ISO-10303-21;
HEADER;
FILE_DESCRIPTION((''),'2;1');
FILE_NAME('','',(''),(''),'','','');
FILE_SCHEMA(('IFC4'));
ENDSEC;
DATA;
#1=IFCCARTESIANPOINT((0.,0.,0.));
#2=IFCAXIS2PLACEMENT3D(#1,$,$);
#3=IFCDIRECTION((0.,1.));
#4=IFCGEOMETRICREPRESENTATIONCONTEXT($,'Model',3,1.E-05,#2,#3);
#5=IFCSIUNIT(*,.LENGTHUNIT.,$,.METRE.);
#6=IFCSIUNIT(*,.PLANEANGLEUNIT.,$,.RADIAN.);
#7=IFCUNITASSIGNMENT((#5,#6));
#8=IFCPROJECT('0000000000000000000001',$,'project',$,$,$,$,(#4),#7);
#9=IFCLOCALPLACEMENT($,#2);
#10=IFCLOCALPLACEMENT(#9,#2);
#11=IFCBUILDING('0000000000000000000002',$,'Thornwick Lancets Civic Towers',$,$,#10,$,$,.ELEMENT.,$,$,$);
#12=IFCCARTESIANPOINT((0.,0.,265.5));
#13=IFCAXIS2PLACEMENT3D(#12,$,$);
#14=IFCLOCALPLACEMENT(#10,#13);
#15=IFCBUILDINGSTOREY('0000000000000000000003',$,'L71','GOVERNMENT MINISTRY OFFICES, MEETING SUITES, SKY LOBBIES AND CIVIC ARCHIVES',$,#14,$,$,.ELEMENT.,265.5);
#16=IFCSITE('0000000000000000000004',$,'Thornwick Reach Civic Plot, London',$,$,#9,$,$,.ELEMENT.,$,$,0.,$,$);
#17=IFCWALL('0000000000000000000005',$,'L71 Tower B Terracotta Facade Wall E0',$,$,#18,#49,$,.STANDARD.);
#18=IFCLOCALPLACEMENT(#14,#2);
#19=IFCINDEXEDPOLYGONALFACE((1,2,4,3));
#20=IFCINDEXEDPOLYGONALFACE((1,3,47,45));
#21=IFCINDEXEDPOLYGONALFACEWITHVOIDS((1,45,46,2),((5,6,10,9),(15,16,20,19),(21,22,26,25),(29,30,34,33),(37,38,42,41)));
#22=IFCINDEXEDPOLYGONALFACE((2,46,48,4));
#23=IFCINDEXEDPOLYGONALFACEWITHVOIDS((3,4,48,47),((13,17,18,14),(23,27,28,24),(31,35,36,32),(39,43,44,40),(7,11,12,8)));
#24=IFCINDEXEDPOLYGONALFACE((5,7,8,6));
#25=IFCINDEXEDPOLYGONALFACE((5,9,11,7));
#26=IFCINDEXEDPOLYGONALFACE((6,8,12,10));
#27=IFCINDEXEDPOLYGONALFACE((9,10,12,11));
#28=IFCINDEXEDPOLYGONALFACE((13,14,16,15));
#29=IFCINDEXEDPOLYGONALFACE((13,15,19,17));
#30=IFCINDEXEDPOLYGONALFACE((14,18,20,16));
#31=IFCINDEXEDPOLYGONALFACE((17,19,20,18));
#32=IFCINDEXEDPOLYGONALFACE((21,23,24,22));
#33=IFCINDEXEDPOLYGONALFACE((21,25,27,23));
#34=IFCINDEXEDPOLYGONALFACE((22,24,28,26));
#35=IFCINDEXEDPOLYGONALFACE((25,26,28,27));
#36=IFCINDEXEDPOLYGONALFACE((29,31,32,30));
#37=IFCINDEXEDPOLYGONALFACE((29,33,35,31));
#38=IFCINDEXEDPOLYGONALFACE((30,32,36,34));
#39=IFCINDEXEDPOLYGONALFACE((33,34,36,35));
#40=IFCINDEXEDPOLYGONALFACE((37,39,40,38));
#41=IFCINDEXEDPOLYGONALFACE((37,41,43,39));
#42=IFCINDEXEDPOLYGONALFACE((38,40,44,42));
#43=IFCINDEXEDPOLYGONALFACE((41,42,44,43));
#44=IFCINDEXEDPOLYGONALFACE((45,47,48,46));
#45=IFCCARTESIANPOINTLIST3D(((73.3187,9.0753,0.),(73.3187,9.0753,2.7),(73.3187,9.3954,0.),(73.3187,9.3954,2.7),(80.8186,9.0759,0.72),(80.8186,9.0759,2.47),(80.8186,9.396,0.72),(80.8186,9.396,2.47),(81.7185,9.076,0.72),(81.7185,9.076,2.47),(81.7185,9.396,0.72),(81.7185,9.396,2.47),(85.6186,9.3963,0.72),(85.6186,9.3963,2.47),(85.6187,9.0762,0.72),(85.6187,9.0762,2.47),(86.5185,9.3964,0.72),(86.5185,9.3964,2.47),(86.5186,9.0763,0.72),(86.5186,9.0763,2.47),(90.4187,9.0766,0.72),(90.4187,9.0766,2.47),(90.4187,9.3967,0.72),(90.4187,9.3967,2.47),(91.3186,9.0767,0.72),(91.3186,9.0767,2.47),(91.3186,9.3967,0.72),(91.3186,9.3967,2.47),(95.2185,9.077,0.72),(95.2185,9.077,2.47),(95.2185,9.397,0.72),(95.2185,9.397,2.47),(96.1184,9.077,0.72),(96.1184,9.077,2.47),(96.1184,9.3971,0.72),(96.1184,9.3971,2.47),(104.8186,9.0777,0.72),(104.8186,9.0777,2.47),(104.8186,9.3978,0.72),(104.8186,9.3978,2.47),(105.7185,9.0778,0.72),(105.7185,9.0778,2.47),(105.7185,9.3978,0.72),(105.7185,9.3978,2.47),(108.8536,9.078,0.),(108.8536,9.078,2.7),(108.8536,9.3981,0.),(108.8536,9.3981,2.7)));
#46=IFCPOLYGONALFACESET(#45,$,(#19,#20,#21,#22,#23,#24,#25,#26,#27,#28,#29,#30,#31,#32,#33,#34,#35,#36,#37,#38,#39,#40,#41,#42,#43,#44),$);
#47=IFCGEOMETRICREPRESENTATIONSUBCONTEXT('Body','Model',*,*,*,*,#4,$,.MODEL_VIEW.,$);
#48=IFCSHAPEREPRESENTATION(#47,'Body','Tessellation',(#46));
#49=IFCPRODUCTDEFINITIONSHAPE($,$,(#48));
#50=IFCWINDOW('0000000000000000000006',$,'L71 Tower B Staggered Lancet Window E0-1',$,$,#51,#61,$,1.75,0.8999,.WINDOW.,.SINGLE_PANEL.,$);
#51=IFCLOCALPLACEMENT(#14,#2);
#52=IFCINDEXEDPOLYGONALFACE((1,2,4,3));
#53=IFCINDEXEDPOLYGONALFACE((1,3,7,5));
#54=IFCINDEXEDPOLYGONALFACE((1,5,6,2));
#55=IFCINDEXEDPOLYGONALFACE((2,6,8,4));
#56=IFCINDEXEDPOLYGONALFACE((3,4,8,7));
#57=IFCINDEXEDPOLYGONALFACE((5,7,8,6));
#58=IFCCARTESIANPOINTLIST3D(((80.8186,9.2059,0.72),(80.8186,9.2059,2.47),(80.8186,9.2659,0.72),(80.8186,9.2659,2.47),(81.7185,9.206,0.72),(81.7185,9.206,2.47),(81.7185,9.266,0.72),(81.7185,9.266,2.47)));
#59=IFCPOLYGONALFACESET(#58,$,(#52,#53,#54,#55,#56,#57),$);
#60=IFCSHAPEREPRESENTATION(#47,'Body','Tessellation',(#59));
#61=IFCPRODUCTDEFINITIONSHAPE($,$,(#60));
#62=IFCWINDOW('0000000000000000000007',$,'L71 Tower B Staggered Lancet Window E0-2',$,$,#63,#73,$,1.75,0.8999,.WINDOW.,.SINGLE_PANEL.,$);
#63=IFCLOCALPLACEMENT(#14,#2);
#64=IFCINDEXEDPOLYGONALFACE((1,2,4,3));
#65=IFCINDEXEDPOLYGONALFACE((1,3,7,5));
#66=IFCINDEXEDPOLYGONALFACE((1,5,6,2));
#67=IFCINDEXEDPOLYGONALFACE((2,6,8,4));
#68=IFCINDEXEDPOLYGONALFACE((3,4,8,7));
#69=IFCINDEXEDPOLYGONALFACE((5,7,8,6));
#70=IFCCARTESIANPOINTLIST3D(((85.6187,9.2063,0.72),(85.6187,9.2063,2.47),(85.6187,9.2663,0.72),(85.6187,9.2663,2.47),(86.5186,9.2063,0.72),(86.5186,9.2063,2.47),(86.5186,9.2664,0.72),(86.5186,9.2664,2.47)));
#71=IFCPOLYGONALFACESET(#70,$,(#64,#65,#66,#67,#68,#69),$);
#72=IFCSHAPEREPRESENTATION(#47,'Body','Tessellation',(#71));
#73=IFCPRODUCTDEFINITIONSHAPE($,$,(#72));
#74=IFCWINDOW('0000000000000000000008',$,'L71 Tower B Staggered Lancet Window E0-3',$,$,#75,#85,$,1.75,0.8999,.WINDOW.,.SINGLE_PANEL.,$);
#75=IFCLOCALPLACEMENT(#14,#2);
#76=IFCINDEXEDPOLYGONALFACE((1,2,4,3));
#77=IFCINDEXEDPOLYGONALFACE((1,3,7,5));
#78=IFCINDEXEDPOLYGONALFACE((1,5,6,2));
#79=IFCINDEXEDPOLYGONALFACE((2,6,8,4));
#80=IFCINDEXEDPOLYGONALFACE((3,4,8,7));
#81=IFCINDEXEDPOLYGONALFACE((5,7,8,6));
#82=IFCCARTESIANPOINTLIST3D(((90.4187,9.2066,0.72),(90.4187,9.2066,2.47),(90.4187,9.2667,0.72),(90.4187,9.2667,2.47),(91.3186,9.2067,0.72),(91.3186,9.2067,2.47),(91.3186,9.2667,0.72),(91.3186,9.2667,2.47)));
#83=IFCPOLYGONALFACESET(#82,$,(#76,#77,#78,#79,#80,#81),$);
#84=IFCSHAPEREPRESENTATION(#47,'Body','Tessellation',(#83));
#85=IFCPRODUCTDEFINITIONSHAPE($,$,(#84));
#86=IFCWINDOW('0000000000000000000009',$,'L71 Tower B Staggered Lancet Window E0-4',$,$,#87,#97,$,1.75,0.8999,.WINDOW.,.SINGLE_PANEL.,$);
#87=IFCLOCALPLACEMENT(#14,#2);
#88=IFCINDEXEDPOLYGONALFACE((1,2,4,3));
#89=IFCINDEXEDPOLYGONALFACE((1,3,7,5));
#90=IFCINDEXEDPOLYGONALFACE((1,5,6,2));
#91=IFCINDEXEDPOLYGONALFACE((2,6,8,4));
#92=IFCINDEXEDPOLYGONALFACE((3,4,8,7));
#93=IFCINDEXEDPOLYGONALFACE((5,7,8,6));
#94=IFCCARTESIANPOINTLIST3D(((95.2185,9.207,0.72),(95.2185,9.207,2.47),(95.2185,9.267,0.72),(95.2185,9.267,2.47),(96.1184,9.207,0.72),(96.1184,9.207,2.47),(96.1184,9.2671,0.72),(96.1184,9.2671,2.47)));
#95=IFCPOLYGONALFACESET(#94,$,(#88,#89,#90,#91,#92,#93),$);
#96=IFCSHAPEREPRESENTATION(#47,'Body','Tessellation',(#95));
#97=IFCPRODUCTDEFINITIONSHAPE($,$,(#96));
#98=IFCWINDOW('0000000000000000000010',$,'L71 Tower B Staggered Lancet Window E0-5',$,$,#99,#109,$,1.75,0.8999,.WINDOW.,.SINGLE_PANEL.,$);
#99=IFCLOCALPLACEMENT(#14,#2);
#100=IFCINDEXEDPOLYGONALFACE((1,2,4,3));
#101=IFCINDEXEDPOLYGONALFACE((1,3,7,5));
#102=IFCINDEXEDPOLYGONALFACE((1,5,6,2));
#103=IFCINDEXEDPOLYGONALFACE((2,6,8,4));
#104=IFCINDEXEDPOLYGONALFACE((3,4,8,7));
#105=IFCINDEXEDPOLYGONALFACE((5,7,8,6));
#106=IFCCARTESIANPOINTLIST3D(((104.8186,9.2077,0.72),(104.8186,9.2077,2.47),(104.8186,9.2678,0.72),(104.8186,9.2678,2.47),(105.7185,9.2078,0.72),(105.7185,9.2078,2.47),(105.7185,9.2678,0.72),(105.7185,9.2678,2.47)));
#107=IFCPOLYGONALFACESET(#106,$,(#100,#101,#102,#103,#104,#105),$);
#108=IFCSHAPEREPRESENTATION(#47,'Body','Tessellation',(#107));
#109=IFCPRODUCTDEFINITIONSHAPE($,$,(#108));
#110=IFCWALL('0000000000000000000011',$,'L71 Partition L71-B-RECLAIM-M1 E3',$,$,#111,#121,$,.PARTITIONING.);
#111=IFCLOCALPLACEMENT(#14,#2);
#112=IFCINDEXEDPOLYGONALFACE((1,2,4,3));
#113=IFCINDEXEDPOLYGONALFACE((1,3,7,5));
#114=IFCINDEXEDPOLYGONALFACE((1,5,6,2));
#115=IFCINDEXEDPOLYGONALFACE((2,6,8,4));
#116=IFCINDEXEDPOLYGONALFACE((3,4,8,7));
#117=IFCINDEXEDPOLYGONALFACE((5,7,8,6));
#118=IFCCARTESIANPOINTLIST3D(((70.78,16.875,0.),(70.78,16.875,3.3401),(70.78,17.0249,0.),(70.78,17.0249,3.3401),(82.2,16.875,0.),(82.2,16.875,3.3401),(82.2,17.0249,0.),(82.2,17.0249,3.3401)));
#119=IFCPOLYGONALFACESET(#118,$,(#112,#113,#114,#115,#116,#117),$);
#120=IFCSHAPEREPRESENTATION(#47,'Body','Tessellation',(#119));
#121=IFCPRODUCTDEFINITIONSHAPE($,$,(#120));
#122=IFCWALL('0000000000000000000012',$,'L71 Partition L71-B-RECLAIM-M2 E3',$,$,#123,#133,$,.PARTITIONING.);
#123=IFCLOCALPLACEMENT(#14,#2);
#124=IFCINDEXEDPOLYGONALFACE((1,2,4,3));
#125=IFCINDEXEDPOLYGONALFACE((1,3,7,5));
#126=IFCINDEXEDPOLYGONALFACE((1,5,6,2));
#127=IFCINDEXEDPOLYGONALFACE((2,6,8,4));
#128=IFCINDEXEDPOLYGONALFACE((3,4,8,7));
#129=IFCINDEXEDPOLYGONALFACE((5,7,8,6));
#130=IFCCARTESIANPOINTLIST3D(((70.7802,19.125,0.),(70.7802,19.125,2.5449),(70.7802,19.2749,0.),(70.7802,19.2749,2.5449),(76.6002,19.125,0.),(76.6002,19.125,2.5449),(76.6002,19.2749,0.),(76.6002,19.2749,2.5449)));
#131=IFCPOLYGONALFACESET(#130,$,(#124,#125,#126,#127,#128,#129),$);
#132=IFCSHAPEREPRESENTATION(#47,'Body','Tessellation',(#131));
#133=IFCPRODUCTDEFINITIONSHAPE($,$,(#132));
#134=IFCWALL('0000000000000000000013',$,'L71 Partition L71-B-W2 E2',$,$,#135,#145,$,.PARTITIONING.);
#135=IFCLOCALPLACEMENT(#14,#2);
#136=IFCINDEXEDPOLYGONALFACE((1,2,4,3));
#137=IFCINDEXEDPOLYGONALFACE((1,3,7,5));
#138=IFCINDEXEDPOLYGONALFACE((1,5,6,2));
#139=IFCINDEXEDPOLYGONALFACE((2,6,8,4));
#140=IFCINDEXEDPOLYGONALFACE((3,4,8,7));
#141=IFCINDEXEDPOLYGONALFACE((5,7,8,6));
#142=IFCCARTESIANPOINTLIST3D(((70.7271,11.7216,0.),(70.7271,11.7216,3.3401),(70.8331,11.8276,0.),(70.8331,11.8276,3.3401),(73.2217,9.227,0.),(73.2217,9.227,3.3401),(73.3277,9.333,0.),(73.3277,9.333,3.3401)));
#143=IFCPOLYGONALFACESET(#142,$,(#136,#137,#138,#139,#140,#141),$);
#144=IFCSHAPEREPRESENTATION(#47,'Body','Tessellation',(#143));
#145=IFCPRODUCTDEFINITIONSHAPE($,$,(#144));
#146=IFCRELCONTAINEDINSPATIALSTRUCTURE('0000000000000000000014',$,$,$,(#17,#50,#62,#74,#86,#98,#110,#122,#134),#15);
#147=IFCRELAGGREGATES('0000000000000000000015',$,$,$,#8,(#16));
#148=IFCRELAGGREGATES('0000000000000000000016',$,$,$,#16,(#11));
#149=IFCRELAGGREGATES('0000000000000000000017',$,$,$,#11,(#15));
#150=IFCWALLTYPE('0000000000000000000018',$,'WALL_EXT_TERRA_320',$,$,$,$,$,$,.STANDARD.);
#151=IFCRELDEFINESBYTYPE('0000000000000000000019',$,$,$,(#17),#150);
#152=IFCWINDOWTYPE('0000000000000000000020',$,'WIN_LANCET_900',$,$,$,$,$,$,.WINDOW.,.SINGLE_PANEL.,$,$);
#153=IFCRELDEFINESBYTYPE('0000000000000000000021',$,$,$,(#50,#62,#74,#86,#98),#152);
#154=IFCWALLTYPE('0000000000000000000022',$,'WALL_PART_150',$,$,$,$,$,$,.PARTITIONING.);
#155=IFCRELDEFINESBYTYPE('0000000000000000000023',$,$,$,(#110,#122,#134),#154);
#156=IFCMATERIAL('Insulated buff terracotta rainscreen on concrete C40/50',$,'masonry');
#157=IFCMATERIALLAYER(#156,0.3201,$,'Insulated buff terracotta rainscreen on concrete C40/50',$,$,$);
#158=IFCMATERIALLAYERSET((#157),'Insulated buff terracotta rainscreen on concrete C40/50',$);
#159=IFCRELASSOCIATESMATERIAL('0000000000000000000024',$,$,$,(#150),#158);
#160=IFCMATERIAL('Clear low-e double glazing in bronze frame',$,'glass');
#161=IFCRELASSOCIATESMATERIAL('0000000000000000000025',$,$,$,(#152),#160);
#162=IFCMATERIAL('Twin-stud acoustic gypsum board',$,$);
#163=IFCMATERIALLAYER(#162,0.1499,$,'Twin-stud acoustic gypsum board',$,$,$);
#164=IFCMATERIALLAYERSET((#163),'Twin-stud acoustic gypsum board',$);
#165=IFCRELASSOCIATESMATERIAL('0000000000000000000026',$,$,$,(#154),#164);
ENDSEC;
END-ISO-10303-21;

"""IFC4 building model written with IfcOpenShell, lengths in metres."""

from ifc_helpers import new_model, si_unit, direction, frame, frame_2d, origin, place, context, subcontext, project, spatial, rectangle, extrude, material, layer, layer_set, type_object, element, fill, save


model = new_model("IFC4")

# Units and contexts
model_context = context("Model", 3, precision=1e-05, world=origin(), true_north=direction((0.0, 1.0)))
body_context = subcontext(model_context, "Body", "Model", "MODEL_VIEW")
ifc_project = project(units=[si_unit("LENGTHUNIT", "METRE"), si_unit("PLANEANGLEUNIT", "RADIAN")], contexts=[model_context])

# Site, building, storey
site_placement = place(None, origin())
site = spatial("IfcSite", under=ifc_project, at=site_placement, Name="Thornwick Reach Civic Plot, London", CompositionType="ELEMENT", RefElevation=0.0)
building_placement = place(site_placement, origin())
building = spatial("IfcBuilding", under=site, at=building_placement, Name="Thornwick Lancets Civic Towers", CompositionType="ELEMENT")
storey_placement = place(building_placement, frame((0.0, 0.0, 265.5)))
storey = spatial("IfcBuildingStorey", under=building, at=storey_placement, Name="L71", Description="GOVERNMENT MINISTRY OFFICES, MEETING SUITES, SKY LOBBIES AND CIVIC ARCHIVES", CompositionType="ELEMENT", Elevation=265.5)

# Wall, openings, windows
ifc_material_1 = material(Name="Insulated buff terracotta rainscreen on concrete C40/50", Category="masonry")
ifc_layer_1 = layer(ifc_material_1, 0.3201, Name="Insulated buff terracotta rainscreen on concrete C40/50")
ifc_layer_set_1 = layer_set([ifc_layer_1], Name="Insulated buff terracotta rainscreen on concrete C40/50")
wall_type_1 = type_object("IfcWallType", Name="WALL_EXT_TERRA_320", PredefinedType="STANDARD", material=ifc_layer_set_1)
ifc_material_2 = material(Name="Clear low-e double glazing in bronze frame", Category="glass")
window_type = type_object("IfcWindowType", Name="WIN_LANCET_900", PartitioningType="SINGLE_PANEL", PredefinedType="WINDOW", material=ifc_material_2)
wall_1_placement = place(storey_placement, frame((73.3186, 9.2354, 0.0), z_axis=(0.0, 0.0, 1.0), x_axis=(1.0, 0.000076, 0.0)))
wall_1 = element("IfcWall", 1, at=wall_1_placement, inside=storey, type_object=wall_type_1, Name="L71 Tower B Terracotta Facade Wall E0", PredefinedType="STANDARD", context=body_context, shape_type="SweptSolid", body=[
    extrude(rectangle(XDim=35.5349, YDim=0.3201, at=frame_2d((17.7676, 0.0))), origin(), (0.0, 0.0, 1.0), 2.7),
])
opening_1_placement = place(wall_1_placement, frame((7.5, 0.0, 0.72)))
opening_1 = element("IfcOpeningElement", 2, at=opening_1_placement, cuts=wall_1, PredefinedType="OPENING", context=body_context, shape_type="SweptSolid", body=[
    extrude(rectangle(XDim=0.8999, YDim=1.75, at=frame_2d((0.45, 0.875))), frame((0.0, 0.1699, 0.0), z_axis=(0.0, -1.0, 0.0), x_axis=(1.0, 0.0, 0.0)), (0.0, 0.0, 1.0), 0.3401),
])
opening_2_placement = place(wall_1_placement, frame((12.3, 0.0, 0.72)))
opening_2 = element("IfcOpeningElement", 3, at=opening_2_placement, cuts=wall_1, PredefinedType="OPENING", context=body_context, shape_type="SweptSolid", body=[
    extrude(rectangle(XDim=0.8999, YDim=1.75, at=frame_2d((0.45, 0.875))), frame((0.0, 0.1699, 0.0), z_axis=(0.0, -1.0, 0.0), x_axis=(1.0, 0.0, 0.0)), (0.0, 0.0, 1.0), 0.3401),
])
opening_3_placement = place(wall_1_placement, frame((17.1001, 0.0, 0.72)))
opening_3 = element("IfcOpeningElement", 4, at=opening_3_placement, cuts=wall_1, PredefinedType="OPENING", context=body_context, shape_type="SweptSolid", body=[
    extrude(rectangle(XDim=0.8999, YDim=1.75, at=frame_2d((0.45, 0.875))), frame((0.0, 0.1699, 0.0), z_axis=(0.0, -1.0, 0.0), x_axis=(1.0, 0.0, 0.0)), (0.0, 0.0, 1.0), 0.3401),
])
opening_4_placement = place(wall_1_placement, frame((21.8999, 0.0, 0.72)))
opening_4 = element("IfcOpeningElement", 5, at=opening_4_placement, cuts=wall_1, PredefinedType="OPENING", context=body_context, shape_type="SweptSolid", body=[
    extrude(rectangle(XDim=0.8999, YDim=1.75, at=frame_2d((0.45, 0.875))), frame((0.0, 0.1699, 0.0), z_axis=(0.0, -1.0, 0.0), x_axis=(1.0, 0.0, 0.0)), (0.0, 0.0, 1.0), 0.3401),
])
opening_5_placement = place(wall_1_placement, frame((31.5, 0.0, 0.72)))
opening_5 = element("IfcOpeningElement", 6, at=opening_5_placement, cuts=wall_1, PredefinedType="OPENING", context=body_context, shape_type="SweptSolid", body=[
    extrude(rectangle(XDim=0.8999, YDim=1.75, at=frame_2d((0.45, 0.875))), frame((0.0, 0.1699, 0.0), z_axis=(0.0, -1.0, 0.0), x_axis=(1.0, 0.0, 0.0)), (0.0, 0.0, 1.0), 0.3401),
])
window_1_placement = place(opening_1_placement, origin())
window_1 = element("IfcWindow", 7, at=window_1_placement, inside=storey, type_object=window_type, Name="L71 Tower B Staggered Lancet Window E0-1", OverallHeight=1.75, OverallWidth=0.8999, PartitioningType="SINGLE_PANEL", PredefinedType="WINDOW", context=body_context, shape_type="SweptSolid", body=[
    extrude(rectangle(XDim=0.8999, YDim=1.75, at=frame_2d((0.45, 0.875))), frame((0.0, 0.03, 0.0), z_axis=(0.0, -1.0, 0.0), x_axis=(1.0, 0.0, 0.0)), (0.0, 0.0, 1.0), 0.0601),
])
fill(opening_1, window_1)
window_2_placement = place(opening_2_placement, origin())
window_2 = element("IfcWindow", 8, at=window_2_placement, inside=storey, type_object=window_type, Name="L71 Tower B Staggered Lancet Window E0-2", OverallHeight=1.75, OverallWidth=0.8999, PartitioningType="SINGLE_PANEL", PredefinedType="WINDOW", context=body_context, shape_type="SweptSolid", body=[
    extrude(rectangle(XDim=0.8999, YDim=1.75, at=frame_2d((0.45, 0.875))), frame((0.0, 0.03, 0.0), z_axis=(0.0, -1.0, 0.0), x_axis=(1.0, 0.0, 0.0)), (0.0, 0.0, 1.0), 0.0601),
])
fill(opening_2, window_2)
window_3_placement = place(opening_3_placement, origin())
window_3 = element("IfcWindow", 9, at=window_3_placement, inside=storey, type_object=window_type, Name="L71 Tower B Staggered Lancet Window E0-3", OverallHeight=1.75, OverallWidth=0.8999, PartitioningType="SINGLE_PANEL", PredefinedType="WINDOW", context=body_context, shape_type="SweptSolid", body=[
    extrude(rectangle(XDim=0.8999, YDim=1.75, at=frame_2d((0.45, 0.875))), frame((0.0, 0.03, 0.0), z_axis=(0.0, -1.0, 0.0), x_axis=(1.0, 0.0, 0.0)), (0.0, 0.0, 1.0), 0.0601),
])
fill(opening_3, window_3)
window_4_placement = place(opening_4_placement, origin())
window_4 = element("IfcWindow", 10, at=window_4_placement, inside=storey, type_object=window_type, Name="L71 Tower B Staggered Lancet Window E0-4", OverallHeight=1.75, OverallWidth=0.8999, PartitioningType="SINGLE_PANEL", PredefinedType="WINDOW", context=body_context, shape_type="SweptSolid", body=[
    extrude(rectangle(XDim=0.8999, YDim=1.75, at=frame_2d((0.45, 0.875))), frame((0.0, 0.03, 0.0), z_axis=(0.0, -1.0, 0.0), x_axis=(1.0, 0.0, 0.0)), (0.0, 0.0, 1.0), 0.0601),
])
fill(opening_4, window_4)
window_5_placement = place(opening_5_placement, origin())
window_5 = element("IfcWindow", 11, at=window_5_placement, inside=storey, type_object=window_type, Name="L71 Tower B Staggered Lancet Window E0-5", OverallHeight=1.75, OverallWidth=0.8999, PartitioningType="SINGLE_PANEL", PredefinedType="WINDOW", context=body_context, shape_type="SweptSolid", body=[
    extrude(rectangle(XDim=0.8999, YDim=1.75, at=frame_2d((0.45, 0.875))), frame((0.0, 0.03, 0.0), z_axis=(0.0, -1.0, 0.0), x_axis=(1.0, 0.0, 0.0)), (0.0, 0.0, 1.0), 0.0601),
])
fill(opening_5, window_5)

# Walls
ifc_material_3 = material(Name="Twin-stud acoustic gypsum board")
ifc_layer_2 = layer(ifc_material_3, 0.1499, Name="Twin-stud acoustic gypsum board")
ifc_layer_set_2 = layer_set([ifc_layer_2], Name="Twin-stud acoustic gypsum board")
wall_type_2 = type_object("IfcWallType", Name="WALL_PART_150", PredefinedType="PARTITIONING", material=ifc_layer_set_2)
wall_2_placement = place(storey_placement, frame((70.78, 16.95, 0.0), z_axis=(0.0, 0.0, 1.0), x_axis=(1.0, 0.0, 0.0)))
element("IfcWall", 12, at=wall_2_placement, inside=storey, type_object=wall_type_2, Name="L71 Partition L71-B-RECLAIM-M1 E3", PredefinedType="PARTITIONING", context=body_context, shape_type="SweptSolid", body=[
    extrude(rectangle(XDim=11.4199, YDim=0.1499, at=frame_2d((5.71, 0.0))), origin(), (0.0, 0.0, 1.0), 3.3401),
])
wall_3_placement = place(storey_placement, frame((70.78, 19.2, 0.0), z_axis=(0.0, 0.0, 1.0), x_axis=(1.0, 0.0, 0.0)))
element("IfcWall", 13, at=wall_3_placement, inside=storey, type_object=wall_type_2, Name="L71 Partition L71-B-RECLAIM-M2 E3", PredefinedType="PARTITIONING", context=body_context, shape_type="SweptSolid", body=[
    extrude(rectangle(XDim=5.8201, YDim=0.1499, at=frame_2d((2.9102, 0.0))), origin(), (0.0, 0.0, 1.0), 2.5449),
])
wall_4_placement = place(storey_placement, frame((73.2747, 9.28, 0.0), z_axis=(0.0, 0.0, 1.0), x_axis=(-0.707107, 0.707107, 0.0)))
element("IfcWall", 14, at=wall_4_placement, inside=storey, type_object=wall_type_2, Name="L71 Partition L71-B-W2 E2", PredefinedType="PARTITIONING", context=body_context, shape_type="SweptSolid", body=[
    extrude(rectangle(XDim=3.5278, YDim=0.1499, at=frame_2d((1.7639, 0.0))), origin(), (0.0, 0.0, 1.0), 3.3401),
])

save(model, "model.ifc")
